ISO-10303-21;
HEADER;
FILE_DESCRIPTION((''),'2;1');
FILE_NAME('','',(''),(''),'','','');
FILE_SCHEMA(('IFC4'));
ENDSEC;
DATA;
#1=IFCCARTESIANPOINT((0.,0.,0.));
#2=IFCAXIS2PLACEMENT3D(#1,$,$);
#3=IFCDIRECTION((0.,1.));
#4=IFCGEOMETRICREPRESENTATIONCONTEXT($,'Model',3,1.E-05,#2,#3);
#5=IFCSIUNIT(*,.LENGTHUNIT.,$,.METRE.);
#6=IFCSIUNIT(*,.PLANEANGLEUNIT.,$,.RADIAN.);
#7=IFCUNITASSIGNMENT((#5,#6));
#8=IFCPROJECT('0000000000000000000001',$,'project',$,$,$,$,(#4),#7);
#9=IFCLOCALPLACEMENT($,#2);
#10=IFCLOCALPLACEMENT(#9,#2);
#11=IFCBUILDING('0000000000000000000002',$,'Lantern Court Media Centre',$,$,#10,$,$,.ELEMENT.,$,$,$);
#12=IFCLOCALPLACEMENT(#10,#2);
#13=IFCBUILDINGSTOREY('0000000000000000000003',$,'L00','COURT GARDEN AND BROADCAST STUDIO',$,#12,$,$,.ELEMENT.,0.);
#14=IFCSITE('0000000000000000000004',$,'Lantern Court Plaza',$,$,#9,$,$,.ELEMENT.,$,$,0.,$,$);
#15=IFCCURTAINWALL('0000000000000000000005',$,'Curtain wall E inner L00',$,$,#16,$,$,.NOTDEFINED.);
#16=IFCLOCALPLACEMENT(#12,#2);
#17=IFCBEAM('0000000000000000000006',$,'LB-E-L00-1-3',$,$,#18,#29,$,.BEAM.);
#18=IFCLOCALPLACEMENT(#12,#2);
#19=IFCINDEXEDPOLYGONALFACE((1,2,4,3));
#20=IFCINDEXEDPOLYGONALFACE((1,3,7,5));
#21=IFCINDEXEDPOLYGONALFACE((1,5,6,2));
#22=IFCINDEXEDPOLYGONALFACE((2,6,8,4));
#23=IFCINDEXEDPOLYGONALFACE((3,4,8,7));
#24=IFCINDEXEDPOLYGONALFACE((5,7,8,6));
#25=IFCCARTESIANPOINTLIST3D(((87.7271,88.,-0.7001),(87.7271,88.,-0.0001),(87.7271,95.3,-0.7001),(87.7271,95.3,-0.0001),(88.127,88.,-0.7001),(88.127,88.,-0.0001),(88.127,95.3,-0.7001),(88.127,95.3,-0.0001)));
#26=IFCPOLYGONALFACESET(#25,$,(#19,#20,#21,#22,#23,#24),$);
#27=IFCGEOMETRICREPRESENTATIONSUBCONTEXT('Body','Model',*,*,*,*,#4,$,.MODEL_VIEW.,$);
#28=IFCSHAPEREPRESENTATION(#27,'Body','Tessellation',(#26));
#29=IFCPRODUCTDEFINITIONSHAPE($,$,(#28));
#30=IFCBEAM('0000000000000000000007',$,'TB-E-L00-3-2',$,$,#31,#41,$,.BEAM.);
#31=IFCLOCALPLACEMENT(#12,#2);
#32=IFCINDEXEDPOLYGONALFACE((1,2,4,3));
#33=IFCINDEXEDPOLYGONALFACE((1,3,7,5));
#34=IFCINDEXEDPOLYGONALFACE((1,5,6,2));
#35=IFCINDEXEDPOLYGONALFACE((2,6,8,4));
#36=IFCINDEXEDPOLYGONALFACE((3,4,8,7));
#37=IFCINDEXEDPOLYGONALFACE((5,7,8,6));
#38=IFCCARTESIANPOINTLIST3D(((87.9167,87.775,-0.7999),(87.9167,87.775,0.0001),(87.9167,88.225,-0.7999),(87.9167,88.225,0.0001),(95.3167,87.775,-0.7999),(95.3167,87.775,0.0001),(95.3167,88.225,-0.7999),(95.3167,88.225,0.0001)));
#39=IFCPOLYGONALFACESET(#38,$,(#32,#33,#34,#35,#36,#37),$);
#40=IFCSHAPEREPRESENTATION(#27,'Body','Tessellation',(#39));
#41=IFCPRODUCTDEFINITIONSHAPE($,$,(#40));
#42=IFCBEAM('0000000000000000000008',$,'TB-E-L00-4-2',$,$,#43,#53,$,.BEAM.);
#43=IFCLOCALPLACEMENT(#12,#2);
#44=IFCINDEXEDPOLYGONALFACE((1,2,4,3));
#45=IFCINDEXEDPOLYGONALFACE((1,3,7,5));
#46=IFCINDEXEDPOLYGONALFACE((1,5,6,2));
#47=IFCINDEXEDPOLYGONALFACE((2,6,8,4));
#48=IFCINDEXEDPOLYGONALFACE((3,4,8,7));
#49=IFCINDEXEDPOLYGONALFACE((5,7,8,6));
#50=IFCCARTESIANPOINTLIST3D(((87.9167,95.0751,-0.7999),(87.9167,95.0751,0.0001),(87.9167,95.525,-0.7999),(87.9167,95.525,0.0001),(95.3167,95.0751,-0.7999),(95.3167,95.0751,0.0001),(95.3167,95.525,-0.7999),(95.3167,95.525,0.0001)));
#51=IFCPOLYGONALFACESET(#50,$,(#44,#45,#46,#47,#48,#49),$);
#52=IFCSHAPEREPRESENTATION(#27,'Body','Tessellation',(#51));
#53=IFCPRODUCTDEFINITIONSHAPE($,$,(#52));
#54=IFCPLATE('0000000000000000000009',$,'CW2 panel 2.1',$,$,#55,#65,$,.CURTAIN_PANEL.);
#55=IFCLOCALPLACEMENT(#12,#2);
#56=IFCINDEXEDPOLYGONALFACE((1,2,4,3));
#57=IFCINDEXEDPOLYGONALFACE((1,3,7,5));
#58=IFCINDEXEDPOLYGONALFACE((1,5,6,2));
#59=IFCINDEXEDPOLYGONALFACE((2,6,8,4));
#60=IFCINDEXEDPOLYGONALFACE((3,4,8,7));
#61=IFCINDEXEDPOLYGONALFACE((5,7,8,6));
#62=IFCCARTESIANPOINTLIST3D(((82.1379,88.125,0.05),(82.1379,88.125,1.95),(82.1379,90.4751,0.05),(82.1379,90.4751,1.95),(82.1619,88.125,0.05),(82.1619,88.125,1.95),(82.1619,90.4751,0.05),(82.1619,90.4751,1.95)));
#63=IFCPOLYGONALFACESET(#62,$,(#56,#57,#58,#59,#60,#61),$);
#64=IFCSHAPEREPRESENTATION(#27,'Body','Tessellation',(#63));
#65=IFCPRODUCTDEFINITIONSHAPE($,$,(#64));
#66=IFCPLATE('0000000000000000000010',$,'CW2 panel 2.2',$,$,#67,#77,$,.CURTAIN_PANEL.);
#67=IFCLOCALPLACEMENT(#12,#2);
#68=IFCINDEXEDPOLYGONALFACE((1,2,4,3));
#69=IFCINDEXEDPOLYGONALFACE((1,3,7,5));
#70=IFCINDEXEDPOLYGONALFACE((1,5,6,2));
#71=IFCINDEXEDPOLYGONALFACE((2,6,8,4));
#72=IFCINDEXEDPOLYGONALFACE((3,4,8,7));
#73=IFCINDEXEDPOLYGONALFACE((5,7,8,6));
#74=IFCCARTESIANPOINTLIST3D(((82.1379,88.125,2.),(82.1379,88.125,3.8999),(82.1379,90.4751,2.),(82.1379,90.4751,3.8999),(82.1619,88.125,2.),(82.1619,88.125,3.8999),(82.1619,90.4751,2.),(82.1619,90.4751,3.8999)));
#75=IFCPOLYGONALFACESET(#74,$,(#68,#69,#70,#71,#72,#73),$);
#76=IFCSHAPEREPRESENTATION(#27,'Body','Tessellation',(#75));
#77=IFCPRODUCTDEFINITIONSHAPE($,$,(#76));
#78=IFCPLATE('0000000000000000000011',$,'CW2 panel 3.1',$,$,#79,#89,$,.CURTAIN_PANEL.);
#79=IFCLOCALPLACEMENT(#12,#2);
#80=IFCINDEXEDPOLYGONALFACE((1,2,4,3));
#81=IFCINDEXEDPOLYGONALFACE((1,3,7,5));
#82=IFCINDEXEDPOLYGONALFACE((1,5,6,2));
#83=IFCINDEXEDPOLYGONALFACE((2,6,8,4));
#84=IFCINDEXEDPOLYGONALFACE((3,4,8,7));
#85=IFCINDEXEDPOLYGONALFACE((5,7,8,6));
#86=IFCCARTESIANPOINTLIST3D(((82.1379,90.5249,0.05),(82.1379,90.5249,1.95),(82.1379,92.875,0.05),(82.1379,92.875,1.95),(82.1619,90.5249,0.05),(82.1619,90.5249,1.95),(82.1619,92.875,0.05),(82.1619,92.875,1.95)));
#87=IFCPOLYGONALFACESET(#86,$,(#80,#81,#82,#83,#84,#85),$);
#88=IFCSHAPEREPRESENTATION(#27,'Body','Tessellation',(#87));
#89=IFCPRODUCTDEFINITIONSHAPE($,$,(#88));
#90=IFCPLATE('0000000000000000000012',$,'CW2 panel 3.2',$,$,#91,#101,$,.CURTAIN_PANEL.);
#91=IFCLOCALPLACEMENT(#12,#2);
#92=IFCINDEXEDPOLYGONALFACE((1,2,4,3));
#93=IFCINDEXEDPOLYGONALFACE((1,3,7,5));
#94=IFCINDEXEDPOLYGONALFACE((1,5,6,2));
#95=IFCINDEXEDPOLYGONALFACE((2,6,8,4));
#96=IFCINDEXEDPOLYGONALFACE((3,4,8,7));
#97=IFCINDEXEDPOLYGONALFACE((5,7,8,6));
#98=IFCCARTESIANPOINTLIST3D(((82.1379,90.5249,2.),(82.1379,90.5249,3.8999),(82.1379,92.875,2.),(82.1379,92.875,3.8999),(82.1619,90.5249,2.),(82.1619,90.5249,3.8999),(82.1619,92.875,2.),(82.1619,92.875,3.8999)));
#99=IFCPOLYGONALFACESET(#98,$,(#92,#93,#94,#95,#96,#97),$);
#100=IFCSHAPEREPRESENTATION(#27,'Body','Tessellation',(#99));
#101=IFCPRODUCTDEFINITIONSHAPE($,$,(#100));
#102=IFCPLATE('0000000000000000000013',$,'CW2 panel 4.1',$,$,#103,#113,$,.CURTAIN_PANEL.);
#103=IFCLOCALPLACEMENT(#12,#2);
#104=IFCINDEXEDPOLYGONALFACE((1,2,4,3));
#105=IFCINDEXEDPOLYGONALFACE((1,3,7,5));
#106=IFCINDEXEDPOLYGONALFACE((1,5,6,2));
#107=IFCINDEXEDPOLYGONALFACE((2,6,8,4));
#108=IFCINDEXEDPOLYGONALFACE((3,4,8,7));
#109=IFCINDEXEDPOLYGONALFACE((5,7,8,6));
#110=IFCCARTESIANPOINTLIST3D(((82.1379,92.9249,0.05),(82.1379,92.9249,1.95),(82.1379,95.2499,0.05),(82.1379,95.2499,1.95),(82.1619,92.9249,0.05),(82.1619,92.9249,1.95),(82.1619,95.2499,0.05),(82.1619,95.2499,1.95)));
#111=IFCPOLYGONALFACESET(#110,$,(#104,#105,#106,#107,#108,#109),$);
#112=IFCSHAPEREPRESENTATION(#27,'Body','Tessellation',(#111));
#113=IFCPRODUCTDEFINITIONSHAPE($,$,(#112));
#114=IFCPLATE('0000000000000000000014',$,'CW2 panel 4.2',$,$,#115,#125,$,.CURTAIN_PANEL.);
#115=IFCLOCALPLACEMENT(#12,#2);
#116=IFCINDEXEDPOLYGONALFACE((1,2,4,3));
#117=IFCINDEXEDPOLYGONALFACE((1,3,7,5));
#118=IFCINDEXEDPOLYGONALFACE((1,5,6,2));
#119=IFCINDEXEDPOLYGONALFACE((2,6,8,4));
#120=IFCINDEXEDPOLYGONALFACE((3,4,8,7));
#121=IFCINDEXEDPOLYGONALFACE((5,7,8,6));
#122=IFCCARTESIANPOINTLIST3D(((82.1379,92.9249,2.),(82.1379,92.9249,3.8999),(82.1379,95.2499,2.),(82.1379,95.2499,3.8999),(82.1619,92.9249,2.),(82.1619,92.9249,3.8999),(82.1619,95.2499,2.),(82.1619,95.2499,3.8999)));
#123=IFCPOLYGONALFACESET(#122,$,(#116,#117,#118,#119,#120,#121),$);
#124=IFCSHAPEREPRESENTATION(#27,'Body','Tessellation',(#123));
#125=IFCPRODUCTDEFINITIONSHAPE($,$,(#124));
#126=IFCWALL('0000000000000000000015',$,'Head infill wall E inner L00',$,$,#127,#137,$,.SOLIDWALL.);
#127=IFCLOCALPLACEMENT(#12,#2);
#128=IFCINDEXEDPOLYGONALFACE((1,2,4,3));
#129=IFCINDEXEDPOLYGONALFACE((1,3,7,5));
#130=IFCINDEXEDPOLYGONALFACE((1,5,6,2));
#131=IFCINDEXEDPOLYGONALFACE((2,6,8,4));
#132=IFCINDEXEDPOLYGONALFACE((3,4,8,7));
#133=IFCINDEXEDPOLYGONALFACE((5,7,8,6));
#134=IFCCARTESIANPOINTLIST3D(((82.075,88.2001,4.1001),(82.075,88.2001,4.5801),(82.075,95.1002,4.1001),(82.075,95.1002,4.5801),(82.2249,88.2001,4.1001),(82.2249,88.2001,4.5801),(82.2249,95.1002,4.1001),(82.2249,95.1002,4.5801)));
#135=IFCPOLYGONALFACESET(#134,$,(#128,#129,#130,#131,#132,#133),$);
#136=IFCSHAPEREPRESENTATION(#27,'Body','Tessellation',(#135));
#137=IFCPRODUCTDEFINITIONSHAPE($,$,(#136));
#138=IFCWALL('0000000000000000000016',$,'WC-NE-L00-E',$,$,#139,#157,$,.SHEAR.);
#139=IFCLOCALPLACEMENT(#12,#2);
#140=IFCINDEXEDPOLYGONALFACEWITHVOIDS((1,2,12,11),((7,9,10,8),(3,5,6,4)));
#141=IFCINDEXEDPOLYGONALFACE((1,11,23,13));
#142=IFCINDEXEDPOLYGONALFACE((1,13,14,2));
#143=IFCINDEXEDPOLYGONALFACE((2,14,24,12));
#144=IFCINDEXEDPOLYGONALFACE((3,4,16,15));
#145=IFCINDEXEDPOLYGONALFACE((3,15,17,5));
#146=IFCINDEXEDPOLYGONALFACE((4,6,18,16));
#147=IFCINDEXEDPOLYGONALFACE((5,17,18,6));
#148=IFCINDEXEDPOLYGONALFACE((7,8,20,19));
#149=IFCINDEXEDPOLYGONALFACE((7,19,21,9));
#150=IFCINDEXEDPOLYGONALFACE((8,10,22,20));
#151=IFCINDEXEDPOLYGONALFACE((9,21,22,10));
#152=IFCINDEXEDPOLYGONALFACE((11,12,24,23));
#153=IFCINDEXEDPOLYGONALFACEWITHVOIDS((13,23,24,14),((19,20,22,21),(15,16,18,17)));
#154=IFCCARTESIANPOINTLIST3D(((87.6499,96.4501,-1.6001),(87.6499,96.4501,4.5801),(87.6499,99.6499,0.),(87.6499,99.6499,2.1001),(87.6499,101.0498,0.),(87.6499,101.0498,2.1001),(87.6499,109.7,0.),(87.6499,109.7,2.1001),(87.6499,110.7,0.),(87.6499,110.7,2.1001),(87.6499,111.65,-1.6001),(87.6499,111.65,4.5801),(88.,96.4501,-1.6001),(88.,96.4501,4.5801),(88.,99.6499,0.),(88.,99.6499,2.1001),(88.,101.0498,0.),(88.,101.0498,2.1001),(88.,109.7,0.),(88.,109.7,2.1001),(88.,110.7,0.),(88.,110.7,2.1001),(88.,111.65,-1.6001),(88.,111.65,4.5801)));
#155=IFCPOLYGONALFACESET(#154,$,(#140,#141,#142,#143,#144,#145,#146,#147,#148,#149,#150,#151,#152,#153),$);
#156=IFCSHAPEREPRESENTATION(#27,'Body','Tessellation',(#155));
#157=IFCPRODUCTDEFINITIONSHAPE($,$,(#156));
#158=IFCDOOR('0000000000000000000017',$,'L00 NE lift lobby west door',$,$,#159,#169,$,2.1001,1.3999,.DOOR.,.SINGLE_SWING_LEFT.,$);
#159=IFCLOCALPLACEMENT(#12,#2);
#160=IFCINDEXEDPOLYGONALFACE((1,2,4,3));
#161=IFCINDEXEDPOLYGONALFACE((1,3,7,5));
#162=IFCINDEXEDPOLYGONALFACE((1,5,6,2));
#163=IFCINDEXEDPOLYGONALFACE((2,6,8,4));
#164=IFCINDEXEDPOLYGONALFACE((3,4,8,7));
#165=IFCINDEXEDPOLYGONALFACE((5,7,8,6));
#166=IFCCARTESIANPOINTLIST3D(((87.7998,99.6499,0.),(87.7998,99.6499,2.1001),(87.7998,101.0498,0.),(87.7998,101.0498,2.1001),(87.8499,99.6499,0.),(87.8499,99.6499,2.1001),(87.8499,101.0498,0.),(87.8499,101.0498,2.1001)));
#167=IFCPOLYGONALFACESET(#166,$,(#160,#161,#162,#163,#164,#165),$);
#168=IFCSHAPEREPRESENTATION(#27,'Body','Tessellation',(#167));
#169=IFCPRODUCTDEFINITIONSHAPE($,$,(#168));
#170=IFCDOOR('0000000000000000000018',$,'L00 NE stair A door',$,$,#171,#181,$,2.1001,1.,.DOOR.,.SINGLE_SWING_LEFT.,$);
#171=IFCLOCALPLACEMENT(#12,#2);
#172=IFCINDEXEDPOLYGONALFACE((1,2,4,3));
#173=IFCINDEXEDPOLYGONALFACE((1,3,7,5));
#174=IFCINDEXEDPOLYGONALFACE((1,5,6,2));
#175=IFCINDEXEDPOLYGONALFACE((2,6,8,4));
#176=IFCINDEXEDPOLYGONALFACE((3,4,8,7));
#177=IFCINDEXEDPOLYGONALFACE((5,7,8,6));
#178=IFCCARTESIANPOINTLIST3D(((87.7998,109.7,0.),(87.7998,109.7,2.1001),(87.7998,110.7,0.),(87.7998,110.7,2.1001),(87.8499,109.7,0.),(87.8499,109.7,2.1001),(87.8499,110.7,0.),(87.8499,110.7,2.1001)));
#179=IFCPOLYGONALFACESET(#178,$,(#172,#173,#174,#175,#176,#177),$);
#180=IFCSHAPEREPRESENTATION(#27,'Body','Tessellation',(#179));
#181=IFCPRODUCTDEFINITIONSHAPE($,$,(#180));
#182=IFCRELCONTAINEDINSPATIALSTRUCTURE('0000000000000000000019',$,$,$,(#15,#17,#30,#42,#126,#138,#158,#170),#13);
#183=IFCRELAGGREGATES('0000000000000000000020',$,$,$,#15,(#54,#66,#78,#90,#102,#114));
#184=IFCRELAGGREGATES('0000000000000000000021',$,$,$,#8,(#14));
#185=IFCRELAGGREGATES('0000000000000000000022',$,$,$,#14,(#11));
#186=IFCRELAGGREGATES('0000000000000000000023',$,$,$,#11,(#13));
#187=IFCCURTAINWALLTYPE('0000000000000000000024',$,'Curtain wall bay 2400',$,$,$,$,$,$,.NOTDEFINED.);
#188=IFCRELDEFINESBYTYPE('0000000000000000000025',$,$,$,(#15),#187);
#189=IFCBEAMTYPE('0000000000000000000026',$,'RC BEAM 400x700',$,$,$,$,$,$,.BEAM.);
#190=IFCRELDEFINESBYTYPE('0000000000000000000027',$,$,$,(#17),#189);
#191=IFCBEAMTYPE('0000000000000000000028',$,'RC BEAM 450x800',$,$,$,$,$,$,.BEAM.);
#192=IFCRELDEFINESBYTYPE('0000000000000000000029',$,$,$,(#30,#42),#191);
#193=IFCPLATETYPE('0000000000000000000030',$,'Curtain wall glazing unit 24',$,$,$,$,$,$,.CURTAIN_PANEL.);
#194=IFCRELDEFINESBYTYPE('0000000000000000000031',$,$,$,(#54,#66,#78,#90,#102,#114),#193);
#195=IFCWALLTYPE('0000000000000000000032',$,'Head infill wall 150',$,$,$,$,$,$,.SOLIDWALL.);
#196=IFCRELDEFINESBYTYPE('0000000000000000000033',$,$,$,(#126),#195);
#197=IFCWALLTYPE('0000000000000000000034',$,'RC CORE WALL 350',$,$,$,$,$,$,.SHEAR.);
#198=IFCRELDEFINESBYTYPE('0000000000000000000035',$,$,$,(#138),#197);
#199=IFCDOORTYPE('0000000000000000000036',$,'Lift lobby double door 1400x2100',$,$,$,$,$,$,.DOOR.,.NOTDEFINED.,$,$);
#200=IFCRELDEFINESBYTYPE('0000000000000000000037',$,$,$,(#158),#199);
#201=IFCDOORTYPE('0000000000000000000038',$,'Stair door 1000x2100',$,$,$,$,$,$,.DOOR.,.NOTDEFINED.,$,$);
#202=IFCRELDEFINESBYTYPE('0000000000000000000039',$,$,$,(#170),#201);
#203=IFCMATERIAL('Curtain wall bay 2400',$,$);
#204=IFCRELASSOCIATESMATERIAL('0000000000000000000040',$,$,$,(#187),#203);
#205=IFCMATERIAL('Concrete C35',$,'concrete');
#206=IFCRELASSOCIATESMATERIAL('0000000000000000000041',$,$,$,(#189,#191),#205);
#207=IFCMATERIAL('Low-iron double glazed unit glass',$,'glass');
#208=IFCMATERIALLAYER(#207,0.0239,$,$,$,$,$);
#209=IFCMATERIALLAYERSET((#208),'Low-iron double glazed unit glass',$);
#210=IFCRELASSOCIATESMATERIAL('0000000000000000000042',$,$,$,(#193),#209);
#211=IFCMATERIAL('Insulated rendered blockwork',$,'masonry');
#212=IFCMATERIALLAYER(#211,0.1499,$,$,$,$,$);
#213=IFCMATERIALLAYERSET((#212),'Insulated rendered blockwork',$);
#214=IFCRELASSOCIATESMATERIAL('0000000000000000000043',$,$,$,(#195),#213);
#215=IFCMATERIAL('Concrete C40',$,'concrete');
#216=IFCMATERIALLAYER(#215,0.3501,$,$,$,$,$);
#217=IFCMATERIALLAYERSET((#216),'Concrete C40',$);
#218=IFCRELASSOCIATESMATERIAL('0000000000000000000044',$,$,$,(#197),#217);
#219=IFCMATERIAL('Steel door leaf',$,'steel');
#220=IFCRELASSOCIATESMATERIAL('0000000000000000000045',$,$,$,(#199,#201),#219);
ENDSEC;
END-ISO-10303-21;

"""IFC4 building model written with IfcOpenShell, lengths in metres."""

from ifc_helpers import new_model, si_unit, direction, frame, frame_2d, origin, origin_2d, place, context, subcontext, project, spatial, rectangle, extrude, material, layer, layer_set, material_profile, profile_set, type_object, element, fill, aggregate, save


model = new_model("IFC4")

# Units and contexts
model_context = context("Model", 3, precision=1e-05, world=origin(), true_north=direction((0.0, 1.0)))
body_context = subcontext(model_context, "Body", "Model", "MODEL_VIEW")
ifc_project = project(units=[si_unit("LENGTHUNIT", "METRE"), si_unit("PLANEANGLEUNIT", "RADIAN")], contexts=[model_context])

# Site, building, storey
site_placement = place(None, origin())
site = spatial("IfcSite", under=ifc_project, at=site_placement, Name="Lantern Court Plaza", CompositionType="ELEMENT", RefElevation=0.0)
building_placement = place(site_placement, origin())
building = spatial("IfcBuilding", under=site, at=building_placement, Name="Lantern Court Media Centre", CompositionType="ELEMENT")
storey_placement = place(building_placement, origin())
storey = spatial("IfcBuildingStorey", under=building, at=storey_placement, Name="L00", Description="COURT GARDEN AND BROADCAST STUDIO", CompositionType="ELEMENT", Elevation=0.0)

# Shared definitions
ifc_material_1 = material(Name="Concrete C35", Category="concrete")

# Curtain wall
ifc_material_2 = material(Name="Curtain wall bay 2400")
curtain_wall_type = type_object("IfcCurtainWallType", Name="Curtain wall bay 2400", PredefinedType="NOTDEFINED", material=ifc_material_2)
curtain_wall_placement = place(storey_placement, origin())
curtain_wall = element("IfcCurtainWall", 1, at=curtain_wall_placement, inside=storey, type_object=curtain_wall_type, Name="Curtain wall E inner L00", PredefinedType="NOTDEFINED")

# Beams
ifc_material_profile_1 = material_profile(ifc_material_1, rectangle(XDim=0.3999, YDim=0.7, at=origin_2d()), Name="RC 400x700")
ifc_profile_set_1 = profile_set([ifc_material_profile_1], Name="Concrete C35")
beam_type_1 = type_object("IfcBeamType", Name="RC BEAM 400x700", PredefinedType="BEAM", material=ifc_profile_set_1)
beam_1_placement = place(storey_placement, frame((87.927, 88.0, -0.3501), z_axis=(0.0, 1.0, 0.0), x_axis=(-1.0, 0.0, 0.0)))
element("IfcBeam", 2, at=beam_1_placement, inside=storey, type_object=beam_type_1, Name="LB-E-L00-1-3", PredefinedType="BEAM", context=body_context, shape_type="SweptSolid", body=[
    extrude(rectangle(XDim=0.3999, YDim=0.7, at=origin_2d()), origin(), (0.0, 0.0, 1.0), 7.3),
])
ifc_material_profile_2 = material_profile(ifc_material_1, rectangle(XDim=0.45, YDim=0.8, at=origin_2d()), Name="RC 450x800")
ifc_profile_set_2 = profile_set([ifc_material_profile_2], Name="Concrete C35")
beam_type_2 = type_object("IfcBeamType", Name="RC BEAM 450x800", PredefinedType="BEAM", material=ifc_profile_set_2)
for number, where, z_axis, x_axis, name in (
    (3, (87.9167, 88.0, -0.3999), (1.0, 0.0, 0.0), (0.0, 1.0, 0.0), "TB-E-L00-3-2"),
    (4, (87.9167, 95.3, -0.3999), (1.0, 0.0, 0.0), (0.0, 1.0, 0.0), "TB-E-L00-4-2"),
):
    element("IfcBeam", number, at=place(storey_placement, frame(where, z_axis=z_axis, x_axis=x_axis)), inside=storey, type_object=beam_type_2, Name=name, PredefinedType="BEAM", context=body_context, shape_type="SweptSolid", body=[
        extrude(rectangle(XDim=0.45, YDim=0.8, at=origin_2d()), origin(), (0.0, 0.0, 1.0), 7.3999),
    ])

# Plates
ifc_material_3 = material(Name="Low-iron double glazed unit glass", Category="glass")
ifc_layer_1 = layer(ifc_material_3, 0.0239)
ifc_layer_set_1 = layer_set([ifc_layer_1], Name="Low-iron double glazed unit glass")
plate_type = type_object("IfcPlateType", Name="Curtain wall glazing unit 24", PredefinedType="CURTAIN_PANEL", material=ifc_layer_set_1)
plate_1_placement = place(storey_placement, frame((82.1499, 89.3, 0.05), z_axis=(0.0, 0.0, 1.0), x_axis=(0.0, 1.0, 0.0)))
plate_1 = element("IfcPlate", 5, at=plate_1_placement, type_object=plate_type, Name="CW2 panel 2.1", PredefinedType="CURTAIN_PANEL", context=body_context, shape_type="SweptSolid", body=[
    extrude(rectangle(XDim=2.3501, YDim=0.0239, at=origin_2d()), origin(), (0.0, 0.0, 1.0), 1.8999),
])
plate_2_placement = place(storey_placement, frame((82.1499, 89.3, 2.0), z_axis=(0.0, 0.0, 1.0), x_axis=(0.0, 1.0, 0.0)))
plate_2 = element("IfcPlate", 6, at=plate_2_placement, type_object=plate_type, Name="CW2 panel 2.2", PredefinedType="CURTAIN_PANEL", context=body_context, shape_type="SweptSolid", body=[
    extrude(rectangle(XDim=2.3501, YDim=0.0239, at=origin_2d()), origin(), (0.0, 0.0, 1.0), 1.8999),
])
plate_3_placement = place(storey_placement, frame((82.1499, 91.7, 0.05), z_axis=(0.0, 0.0, 1.0), x_axis=(0.0, 1.0, 0.0)))
plate_3 = element("IfcPlate", 7, at=plate_3_placement, type_object=plate_type, Name="CW2 panel 3.1", PredefinedType="CURTAIN_PANEL", context=body_context, shape_type="SweptSolid", body=[
    extrude(rectangle(XDim=2.3501, YDim=0.0239, at=origin_2d()), origin(), (0.0, 0.0, 1.0), 1.8999),
])
plate_4_placement = place(storey_placement, frame((82.1499, 91.7, 2.0), z_axis=(0.0, 0.0, 1.0), x_axis=(0.0, 1.0, 0.0)))
plate_4 = element("IfcPlate", 8, at=plate_4_placement, type_object=plate_type, Name="CW2 panel 3.2", PredefinedType="CURTAIN_PANEL", context=body_context, shape_type="SweptSolid", body=[
    extrude(rectangle(XDim=2.3501, YDim=0.0239, at=origin_2d()), origin(), (0.0, 0.0, 1.0), 1.8999),
])
plate_5_placement = place(storey_placement, frame((82.1499, 94.0874, 0.05), z_axis=(0.0, 0.0, 1.0), x_axis=(0.0, 1.0, 0.0)))
plate_5 = element("IfcPlate", 9, at=plate_5_placement, type_object=plate_type, Name="CW2 panel 4.1", PredefinedType="CURTAIN_PANEL", context=body_context, shape_type="SweptSolid", body=[
    extrude(rectangle(XDim=2.325, YDim=0.0239, at=origin_2d()), origin(), (0.0, 0.0, 1.0), 1.8999),
])
plate_6_placement = place(storey_placement, frame((82.1499, 94.0874, 2.0), z_axis=(0.0, 0.0, 1.0), x_axis=(0.0, 1.0, 0.0)))
plate_6 = element("IfcPlate", 10, at=plate_6_placement, type_object=plate_type, Name="CW2 panel 4.2", PredefinedType="CURTAIN_PANEL", context=body_context, shape_type="SweptSolid", body=[
    extrude(rectangle(XDim=2.325, YDim=0.0239, at=origin_2d()), origin(), (0.0, 0.0, 1.0), 1.8999),
])
aggregate(curtain_wall, [plate_1, plate_2, plate_3, plate_4, plate_5, plate_6])

# Wall
ifc_material_4 = material(Name="Insulated rendered blockwork", Category="masonry")
ifc_layer_2 = layer(ifc_material_4, 0.1499)
ifc_layer_set_2 = layer_set([ifc_layer_2], Name="Insulated rendered blockwork")
wall_type_1 = type_object("IfcWallType", Name="Head infill wall 150", PredefinedType="SOLIDWALL", material=ifc_layer_set_2)
wall_1_placement = place(storey_placement, frame((82.1499, 88.2, 4.1001), z_axis=(0.0, 0.0, 1.0), x_axis=(0.0, 1.0, 0.0)))
element("IfcWall", 11, at=wall_1_placement, inside=storey, type_object=wall_type_1, Name="Head infill wall E inner L00", PredefinedType="SOLIDWALL", context=body_context, shape_type="SweptSolid", body=[
    extrude(rectangle(XDim=6.9001, YDim=0.1499, at=frame_2d((3.4502, 0.0))), origin(), (0.0, 0.0, 1.0), 0.48),
])

# Wall, openings, doors
ifc_material_5 = material(Name="Concrete C40", Category="concrete")
ifc_layer_3 = layer(ifc_material_5, 0.3501)
ifc_layer_set_3 = layer_set([ifc_layer_3], Name="Concrete C40")
wall_type_2 = type_object("IfcWallType", Name="RC CORE WALL 350", PredefinedType="SHEAR", material=ifc_layer_set_3)
wall_2_placement = place(storey_placement, frame((87.825, 96.45, -1.6001), z_axis=(0.0, 0.0, 1.0), x_axis=(0.0, 1.0, 0.0)))
wall_2 = element("IfcWall", 12, at=wall_2_placement, inside=storey, type_object=wall_type_2, Name="WC-NE-L00-E", PredefinedType="SHEAR", context=body_context, shape_type="SweptSolid", body=[
    extrude(rectangle(XDim=15.2, YDim=0.3501, at=frame_2d((7.6001, 0.0))), origin(), (0.0, 0.0, 1.0), 6.1802),
])
opening_1_placement = place(wall_2_placement, frame((13.25, 0.0, 1.6001)))
opening_1 = element("IfcOpeningElement", 13, at=opening_1_placement, cuts=wall_2, PredefinedType="OPENING", context=body_context, shape_type="SweptSolid", body=[
    extrude(rectangle(XDim=1.0, YDim=2.1001, at=frame_2d((0.5, 1.05))), frame((0.0, 0.1851, 0.0), z_axis=(0.0, -1.0, 0.0), x_axis=(1.0, 0.0, 0.0)), (0.0, 0.0, 1.0), 0.3701),
])
opening_2_placement = place(wall_2_placement, frame((3.2, 0.0, 1.6001)))
opening_2 = element("IfcOpeningElement", 14, at=opening_2_placement, cuts=wall_2, PredefinedType="OPENING", context=body_context, shape_type="SweptSolid", body=[
    extrude(rectangle(XDim=1.3999, YDim=2.1001, at=frame_2d((0.7, 1.05))), frame((0.0, 0.1851, 0.0), z_axis=(0.0, -1.0, 0.0), x_axis=(1.0, 0.0, 0.0)), (0.0, 0.0, 1.0), 0.3701),
])
ifc_material_6 = material(Name="Steel door leaf", Category="steel")
door_type_1 = type_object("IfcDoorType", Name="Lift lobby double door 1400x2100", OperationType="NOTDEFINED", PredefinedType="DOOR", material=ifc_material_6)
door_1_placement = place(opening_2_placement, frame((1.3999, 0.0, 0.0), z_axis=(0.0, 0.0, 1.0), x_axis=(-1.0, 0.0, 0.0)))
door_1 = element("IfcDoor", 15, at=door_1_placement, inside=storey, type_object=door_type_1, Name="L00 NE lift lobby west door", OperationType="SINGLE_SWING_LEFT", OverallHeight=2.1001, OverallWidth=1.3999, PredefinedType="DOOR", context=body_context, shape_type="SweptSolid", body=[
    extrude(rectangle(XDim=1.3999, YDim=2.1001, at=frame_2d((0.7, 1.05))), frame((0.0, 0.0249, 0.0), z_axis=(0.0, -1.0, 0.0), x_axis=(1.0, 0.0, 0.0)), (0.0, 0.0, 1.0), 0.05),
])
fill(opening_2, door_1)
door_type_2 = type_object("IfcDoorType", Name="Stair door 1000x2100", OperationType="NOTDEFINED", PredefinedType="DOOR", material=ifc_material_6)
door_2_placement = place(opening_1_placement, frame((1.0, 0.0, 0.0), z_axis=(0.0, 0.0, 1.0), x_axis=(-1.0, 0.0, 0.0)))
door_2 = element("IfcDoor", 16, at=door_2_placement, inside=storey, type_object=door_type_2, Name="L00 NE stair A door", OperationType="SINGLE_SWING_LEFT", OverallHeight=2.1001, OverallWidth=1.0, PredefinedType="DOOR", context=body_context, shape_type="SweptSolid", body=[
    extrude(rectangle(XDim=1.0, YDim=2.1001, at=frame_2d((0.5, 1.05))), frame((0.0, 0.0249, 0.0), z_axis=(0.0, -1.0, 0.0), x_axis=(1.0, 0.0, 0.0)), (0.0, 0.0, 1.0), 0.05),
])
fill(opening_1, door_2)

save(model, "model.ifc")
